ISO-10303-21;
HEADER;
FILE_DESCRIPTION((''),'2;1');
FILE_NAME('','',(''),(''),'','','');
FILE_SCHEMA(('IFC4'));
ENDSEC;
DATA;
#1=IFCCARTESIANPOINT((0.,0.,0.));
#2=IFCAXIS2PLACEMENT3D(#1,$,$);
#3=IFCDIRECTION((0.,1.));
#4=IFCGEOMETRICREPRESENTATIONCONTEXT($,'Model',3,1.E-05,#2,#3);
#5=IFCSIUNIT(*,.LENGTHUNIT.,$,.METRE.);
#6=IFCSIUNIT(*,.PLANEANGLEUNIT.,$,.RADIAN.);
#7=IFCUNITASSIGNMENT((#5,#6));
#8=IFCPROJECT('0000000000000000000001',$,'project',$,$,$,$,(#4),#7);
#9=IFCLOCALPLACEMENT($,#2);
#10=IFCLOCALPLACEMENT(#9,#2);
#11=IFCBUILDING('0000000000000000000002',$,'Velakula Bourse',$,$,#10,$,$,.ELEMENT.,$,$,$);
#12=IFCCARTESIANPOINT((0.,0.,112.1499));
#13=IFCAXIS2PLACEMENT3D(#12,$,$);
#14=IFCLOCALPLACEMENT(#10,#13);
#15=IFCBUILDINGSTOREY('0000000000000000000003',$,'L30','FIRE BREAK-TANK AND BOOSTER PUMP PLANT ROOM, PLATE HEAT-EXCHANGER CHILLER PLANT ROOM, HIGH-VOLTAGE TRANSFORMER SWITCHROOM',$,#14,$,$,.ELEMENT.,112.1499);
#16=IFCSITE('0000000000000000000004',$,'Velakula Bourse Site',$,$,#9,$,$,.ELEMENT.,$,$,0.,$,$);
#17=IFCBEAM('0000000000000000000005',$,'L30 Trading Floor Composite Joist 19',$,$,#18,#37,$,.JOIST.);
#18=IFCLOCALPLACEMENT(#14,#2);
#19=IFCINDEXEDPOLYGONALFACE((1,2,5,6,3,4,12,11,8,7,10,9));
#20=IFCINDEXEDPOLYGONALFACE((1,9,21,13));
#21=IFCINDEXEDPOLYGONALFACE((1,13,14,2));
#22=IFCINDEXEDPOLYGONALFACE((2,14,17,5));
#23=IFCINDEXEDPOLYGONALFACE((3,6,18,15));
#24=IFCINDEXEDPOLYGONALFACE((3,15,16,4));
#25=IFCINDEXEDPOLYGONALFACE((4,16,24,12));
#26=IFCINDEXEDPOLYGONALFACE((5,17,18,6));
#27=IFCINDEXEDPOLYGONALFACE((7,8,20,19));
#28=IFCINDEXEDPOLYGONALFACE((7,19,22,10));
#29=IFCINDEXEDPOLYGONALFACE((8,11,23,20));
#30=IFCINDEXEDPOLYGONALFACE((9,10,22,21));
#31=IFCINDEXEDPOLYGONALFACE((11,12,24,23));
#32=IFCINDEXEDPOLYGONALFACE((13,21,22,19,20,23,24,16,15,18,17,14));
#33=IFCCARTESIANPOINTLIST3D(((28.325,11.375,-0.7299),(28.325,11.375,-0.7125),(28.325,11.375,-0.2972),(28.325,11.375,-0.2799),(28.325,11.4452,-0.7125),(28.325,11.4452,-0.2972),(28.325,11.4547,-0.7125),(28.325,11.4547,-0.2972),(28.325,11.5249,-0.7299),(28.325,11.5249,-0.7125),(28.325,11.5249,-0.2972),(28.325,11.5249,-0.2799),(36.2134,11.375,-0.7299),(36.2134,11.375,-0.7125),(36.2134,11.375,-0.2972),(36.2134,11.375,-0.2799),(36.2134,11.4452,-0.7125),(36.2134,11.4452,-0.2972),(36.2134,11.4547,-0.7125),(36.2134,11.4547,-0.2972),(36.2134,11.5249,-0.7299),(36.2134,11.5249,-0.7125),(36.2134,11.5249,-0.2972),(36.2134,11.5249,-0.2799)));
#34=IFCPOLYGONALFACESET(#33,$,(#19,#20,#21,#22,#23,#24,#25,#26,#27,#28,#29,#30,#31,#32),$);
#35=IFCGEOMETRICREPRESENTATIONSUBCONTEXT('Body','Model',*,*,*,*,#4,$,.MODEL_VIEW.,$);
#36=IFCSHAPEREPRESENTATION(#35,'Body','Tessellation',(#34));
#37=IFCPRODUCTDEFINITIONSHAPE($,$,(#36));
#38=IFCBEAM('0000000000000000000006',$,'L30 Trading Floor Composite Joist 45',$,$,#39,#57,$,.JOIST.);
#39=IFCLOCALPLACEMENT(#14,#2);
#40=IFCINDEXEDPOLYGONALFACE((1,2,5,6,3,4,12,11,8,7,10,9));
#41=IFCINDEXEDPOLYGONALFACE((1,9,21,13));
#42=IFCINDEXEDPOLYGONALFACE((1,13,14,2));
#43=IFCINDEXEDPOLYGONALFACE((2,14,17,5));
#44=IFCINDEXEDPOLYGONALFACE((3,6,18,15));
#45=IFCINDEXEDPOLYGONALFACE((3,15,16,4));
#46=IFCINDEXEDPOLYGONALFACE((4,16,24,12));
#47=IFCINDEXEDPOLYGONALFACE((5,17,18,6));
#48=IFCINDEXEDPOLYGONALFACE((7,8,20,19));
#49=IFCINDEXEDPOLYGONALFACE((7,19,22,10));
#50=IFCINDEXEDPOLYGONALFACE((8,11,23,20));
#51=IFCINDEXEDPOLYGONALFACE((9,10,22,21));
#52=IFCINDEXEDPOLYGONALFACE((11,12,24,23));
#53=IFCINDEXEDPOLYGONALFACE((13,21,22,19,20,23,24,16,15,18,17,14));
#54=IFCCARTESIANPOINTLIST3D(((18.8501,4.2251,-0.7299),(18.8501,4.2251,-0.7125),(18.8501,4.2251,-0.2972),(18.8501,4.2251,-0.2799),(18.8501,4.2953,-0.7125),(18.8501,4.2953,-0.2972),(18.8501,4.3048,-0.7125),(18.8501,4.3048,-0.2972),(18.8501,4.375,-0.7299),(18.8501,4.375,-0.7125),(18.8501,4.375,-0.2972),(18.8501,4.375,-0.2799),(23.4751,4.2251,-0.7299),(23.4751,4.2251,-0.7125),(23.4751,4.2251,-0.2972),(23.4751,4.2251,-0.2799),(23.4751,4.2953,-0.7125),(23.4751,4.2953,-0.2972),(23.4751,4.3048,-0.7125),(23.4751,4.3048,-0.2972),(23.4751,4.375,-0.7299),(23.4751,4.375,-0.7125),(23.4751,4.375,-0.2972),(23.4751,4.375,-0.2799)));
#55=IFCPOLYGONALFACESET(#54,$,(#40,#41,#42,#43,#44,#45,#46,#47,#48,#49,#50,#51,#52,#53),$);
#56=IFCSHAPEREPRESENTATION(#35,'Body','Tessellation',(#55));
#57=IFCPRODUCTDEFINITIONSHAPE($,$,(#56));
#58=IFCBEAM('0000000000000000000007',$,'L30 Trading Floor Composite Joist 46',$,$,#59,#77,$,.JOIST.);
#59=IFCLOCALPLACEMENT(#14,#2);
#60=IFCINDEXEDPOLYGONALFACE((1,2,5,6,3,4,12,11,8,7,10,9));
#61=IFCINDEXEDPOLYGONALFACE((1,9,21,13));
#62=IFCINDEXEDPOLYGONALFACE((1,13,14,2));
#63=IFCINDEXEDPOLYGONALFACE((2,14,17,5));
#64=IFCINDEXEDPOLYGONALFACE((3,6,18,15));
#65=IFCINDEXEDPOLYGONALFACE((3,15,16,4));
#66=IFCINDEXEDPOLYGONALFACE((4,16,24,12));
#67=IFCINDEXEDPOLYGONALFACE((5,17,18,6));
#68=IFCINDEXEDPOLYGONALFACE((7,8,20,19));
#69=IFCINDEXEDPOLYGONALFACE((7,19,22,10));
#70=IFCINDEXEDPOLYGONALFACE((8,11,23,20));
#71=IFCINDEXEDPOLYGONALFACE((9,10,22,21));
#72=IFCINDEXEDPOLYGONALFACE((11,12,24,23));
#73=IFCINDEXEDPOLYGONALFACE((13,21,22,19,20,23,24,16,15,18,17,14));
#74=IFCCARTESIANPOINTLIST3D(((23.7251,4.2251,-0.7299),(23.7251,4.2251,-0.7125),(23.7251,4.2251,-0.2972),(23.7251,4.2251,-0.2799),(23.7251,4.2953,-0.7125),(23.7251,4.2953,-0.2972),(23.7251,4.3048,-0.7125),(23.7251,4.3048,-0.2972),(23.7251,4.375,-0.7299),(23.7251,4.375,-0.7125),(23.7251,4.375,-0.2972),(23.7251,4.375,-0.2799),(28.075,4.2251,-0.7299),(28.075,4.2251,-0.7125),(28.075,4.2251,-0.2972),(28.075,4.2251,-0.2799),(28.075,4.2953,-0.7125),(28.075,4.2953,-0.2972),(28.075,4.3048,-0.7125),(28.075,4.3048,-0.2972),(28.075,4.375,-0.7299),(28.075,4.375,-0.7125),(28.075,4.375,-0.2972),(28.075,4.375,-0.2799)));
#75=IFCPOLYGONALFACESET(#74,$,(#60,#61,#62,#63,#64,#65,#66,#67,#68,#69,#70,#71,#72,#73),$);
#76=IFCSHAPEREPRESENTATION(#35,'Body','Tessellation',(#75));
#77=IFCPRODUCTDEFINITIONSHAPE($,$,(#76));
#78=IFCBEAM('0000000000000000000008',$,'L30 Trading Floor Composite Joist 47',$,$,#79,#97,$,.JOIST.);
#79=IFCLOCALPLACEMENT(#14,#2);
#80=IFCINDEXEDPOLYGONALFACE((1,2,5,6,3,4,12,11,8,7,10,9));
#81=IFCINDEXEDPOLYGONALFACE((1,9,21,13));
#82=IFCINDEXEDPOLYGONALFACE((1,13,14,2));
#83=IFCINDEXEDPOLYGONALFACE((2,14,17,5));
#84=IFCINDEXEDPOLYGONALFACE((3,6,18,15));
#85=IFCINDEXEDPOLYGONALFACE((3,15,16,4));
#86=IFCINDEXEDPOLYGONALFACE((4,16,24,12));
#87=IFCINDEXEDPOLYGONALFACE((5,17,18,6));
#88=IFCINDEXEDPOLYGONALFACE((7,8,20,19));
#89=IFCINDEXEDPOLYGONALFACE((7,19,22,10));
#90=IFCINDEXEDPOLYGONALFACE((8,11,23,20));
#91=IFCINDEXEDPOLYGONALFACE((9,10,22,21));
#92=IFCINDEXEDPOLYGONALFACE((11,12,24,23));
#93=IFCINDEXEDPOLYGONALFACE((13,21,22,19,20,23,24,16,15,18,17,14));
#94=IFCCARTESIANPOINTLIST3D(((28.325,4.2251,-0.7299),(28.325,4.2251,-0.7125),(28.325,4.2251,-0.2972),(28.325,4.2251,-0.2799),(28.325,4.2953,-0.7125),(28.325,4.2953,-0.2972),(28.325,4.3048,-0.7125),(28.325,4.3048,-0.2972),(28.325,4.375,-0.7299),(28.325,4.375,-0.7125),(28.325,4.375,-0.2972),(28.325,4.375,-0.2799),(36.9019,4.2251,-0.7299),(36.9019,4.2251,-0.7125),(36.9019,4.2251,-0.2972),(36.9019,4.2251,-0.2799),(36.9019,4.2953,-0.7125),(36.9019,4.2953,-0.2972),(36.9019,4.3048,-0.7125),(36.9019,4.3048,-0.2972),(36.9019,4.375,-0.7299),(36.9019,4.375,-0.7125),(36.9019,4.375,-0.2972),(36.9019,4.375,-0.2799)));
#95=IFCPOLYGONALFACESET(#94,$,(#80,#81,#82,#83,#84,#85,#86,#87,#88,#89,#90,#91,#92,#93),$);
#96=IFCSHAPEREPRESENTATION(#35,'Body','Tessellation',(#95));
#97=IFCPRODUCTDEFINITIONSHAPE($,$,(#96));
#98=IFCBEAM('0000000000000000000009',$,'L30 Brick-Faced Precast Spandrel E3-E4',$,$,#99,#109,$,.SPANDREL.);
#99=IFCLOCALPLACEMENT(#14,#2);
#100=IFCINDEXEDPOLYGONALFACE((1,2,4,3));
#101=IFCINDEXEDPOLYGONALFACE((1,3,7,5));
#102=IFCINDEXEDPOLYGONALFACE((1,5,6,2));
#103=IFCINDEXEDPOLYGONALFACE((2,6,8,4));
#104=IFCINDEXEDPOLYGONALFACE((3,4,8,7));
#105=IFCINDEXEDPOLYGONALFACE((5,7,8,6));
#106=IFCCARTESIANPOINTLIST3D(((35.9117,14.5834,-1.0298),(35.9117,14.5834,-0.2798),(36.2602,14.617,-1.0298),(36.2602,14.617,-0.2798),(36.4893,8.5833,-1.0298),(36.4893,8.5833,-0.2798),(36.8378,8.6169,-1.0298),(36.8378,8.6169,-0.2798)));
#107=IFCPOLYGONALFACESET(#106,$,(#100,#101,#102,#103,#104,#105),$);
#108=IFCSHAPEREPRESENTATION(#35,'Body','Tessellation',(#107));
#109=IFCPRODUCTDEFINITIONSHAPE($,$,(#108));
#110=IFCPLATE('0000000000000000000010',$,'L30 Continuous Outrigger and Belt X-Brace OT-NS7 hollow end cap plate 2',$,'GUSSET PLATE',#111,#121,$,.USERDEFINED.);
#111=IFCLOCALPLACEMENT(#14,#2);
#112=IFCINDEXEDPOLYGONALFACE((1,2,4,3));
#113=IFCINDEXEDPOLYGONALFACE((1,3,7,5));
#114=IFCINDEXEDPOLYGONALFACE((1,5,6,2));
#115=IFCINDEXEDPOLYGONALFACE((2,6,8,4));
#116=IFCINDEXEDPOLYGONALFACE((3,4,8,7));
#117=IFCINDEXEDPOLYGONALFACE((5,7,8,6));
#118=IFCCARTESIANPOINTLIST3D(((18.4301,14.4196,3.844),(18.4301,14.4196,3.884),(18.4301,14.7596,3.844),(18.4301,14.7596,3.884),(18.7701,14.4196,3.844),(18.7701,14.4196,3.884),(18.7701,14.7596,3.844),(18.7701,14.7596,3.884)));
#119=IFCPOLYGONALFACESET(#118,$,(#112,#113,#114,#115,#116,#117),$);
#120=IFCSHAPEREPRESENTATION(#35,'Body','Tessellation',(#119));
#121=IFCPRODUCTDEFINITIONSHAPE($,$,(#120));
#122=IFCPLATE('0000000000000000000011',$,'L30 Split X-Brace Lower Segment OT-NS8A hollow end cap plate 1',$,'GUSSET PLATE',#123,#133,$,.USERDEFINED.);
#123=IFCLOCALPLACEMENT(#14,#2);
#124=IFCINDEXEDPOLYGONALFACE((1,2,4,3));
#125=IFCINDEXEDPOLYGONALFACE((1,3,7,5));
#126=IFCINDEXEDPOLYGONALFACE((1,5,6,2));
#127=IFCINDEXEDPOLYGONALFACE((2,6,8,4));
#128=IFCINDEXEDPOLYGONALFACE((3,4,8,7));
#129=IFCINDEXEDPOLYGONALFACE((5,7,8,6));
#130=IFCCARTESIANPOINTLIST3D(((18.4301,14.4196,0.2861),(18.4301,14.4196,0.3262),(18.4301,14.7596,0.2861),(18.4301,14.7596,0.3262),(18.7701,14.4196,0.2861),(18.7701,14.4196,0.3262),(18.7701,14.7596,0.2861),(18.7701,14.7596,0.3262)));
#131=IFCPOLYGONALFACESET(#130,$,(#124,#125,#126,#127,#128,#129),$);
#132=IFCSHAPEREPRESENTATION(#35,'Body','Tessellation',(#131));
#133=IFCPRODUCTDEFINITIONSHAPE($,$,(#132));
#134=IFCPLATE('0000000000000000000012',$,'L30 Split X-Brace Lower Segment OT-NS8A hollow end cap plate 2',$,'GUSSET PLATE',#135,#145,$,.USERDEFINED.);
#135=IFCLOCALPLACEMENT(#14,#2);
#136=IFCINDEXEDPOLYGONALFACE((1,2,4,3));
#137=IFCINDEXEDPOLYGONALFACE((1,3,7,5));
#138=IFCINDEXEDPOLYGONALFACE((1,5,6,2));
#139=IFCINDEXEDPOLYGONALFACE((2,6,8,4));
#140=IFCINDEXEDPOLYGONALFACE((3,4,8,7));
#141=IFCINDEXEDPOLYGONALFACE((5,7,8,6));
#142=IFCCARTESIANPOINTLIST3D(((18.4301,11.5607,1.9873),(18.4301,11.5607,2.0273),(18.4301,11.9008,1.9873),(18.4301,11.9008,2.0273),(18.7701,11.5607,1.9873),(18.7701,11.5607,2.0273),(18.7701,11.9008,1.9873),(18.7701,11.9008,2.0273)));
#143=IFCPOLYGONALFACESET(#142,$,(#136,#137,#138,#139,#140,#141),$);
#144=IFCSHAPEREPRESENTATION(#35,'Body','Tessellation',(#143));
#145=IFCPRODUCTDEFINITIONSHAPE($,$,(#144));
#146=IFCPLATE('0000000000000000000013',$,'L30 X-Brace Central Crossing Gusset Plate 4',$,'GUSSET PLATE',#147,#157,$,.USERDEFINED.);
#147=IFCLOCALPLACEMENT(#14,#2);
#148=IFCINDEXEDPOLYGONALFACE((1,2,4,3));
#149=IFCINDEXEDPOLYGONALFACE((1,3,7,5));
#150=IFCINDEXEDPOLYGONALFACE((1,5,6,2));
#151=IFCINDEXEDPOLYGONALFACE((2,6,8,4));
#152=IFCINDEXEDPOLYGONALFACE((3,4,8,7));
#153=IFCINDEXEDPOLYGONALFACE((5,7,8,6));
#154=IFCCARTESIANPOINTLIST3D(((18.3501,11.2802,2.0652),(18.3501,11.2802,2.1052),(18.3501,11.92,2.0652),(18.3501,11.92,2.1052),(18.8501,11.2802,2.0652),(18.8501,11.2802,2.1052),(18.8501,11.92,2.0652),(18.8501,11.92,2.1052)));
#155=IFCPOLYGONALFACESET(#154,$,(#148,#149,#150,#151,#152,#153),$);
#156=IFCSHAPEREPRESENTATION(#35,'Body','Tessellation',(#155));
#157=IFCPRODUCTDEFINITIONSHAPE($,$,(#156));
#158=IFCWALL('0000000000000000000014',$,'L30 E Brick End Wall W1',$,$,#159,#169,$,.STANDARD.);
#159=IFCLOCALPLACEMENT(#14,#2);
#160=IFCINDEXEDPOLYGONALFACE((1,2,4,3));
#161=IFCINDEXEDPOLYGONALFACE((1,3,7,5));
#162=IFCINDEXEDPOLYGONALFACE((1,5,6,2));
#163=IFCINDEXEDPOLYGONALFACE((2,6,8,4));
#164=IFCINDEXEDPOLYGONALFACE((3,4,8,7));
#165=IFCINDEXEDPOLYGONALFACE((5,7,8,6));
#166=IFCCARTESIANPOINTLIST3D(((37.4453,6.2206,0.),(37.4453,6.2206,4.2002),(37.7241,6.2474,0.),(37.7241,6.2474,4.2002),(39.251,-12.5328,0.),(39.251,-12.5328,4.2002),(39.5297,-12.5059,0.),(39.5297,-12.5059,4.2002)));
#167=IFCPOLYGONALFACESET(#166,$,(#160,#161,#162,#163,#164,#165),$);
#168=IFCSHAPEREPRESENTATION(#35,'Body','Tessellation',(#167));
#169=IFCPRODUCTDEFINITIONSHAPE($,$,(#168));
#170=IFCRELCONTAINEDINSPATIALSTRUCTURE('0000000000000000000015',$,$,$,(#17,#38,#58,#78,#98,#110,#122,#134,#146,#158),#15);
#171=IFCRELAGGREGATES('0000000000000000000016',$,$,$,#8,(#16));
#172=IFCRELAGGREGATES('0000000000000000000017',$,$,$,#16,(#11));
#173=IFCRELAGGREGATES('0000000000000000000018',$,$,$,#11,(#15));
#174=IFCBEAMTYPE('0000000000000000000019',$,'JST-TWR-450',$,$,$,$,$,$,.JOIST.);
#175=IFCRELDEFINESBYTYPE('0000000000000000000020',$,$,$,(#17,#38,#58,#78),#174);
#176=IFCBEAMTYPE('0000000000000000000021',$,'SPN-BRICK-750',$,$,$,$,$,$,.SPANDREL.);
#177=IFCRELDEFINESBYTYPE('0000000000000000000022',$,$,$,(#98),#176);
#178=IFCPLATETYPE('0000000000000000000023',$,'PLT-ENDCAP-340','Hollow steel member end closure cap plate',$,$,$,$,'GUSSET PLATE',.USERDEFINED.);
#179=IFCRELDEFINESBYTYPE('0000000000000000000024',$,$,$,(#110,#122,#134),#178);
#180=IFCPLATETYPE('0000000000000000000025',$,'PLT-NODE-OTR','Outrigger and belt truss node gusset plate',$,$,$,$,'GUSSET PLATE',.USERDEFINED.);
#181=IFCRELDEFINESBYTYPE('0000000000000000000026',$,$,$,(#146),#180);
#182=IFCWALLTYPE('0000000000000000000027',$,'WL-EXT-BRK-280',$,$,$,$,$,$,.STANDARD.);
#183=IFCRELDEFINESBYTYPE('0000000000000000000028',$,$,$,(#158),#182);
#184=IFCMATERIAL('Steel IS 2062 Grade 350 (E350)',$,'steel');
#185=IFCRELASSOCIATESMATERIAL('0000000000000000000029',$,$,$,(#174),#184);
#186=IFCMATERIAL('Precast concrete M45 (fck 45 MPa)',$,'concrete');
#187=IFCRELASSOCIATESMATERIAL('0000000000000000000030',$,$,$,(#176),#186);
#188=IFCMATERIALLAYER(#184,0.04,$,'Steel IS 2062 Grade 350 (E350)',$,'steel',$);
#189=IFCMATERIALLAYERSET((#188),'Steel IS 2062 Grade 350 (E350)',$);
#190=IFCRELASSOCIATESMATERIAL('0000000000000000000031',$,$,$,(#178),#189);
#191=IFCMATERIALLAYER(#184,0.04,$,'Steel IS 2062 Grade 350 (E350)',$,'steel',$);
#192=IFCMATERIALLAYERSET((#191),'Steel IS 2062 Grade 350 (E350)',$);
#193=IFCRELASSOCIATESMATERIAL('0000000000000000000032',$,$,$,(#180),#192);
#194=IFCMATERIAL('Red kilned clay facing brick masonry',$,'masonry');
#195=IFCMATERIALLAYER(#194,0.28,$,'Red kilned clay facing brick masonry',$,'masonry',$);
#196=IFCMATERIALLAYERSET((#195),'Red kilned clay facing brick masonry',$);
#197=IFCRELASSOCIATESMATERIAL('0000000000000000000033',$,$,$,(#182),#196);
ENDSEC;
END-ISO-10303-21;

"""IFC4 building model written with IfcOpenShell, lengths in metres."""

from ifc_helpers import new_model, si_unit, direction, frame, frame_2d, origin, origin_2d, place, context, subcontext, project, spatial, rectangle, i_section, extrude, material, layer, layer_set, material_profile, profile_set, type_object, element, save


model = new_model("IFC4")

# Units and contexts
model_context = context("Model", 3, precision=1e-05, world=origin(), true_north=direction((0.0, 1.0)))
body_context = subcontext(model_context, "Body", "Model", "MODEL_VIEW")
ifc_project = project(units=[si_unit("LENGTHUNIT", "METRE"), si_unit("PLANEANGLEUNIT", "RADIAN")], contexts=[model_context])

# Site, building, storey
site_placement = place(None, origin())
site = spatial("IfcSite", under=ifc_project, at=site_placement, Name="Velakula Bourse Site", CompositionType="ELEMENT", RefElevation=0.0)
building_placement = place(site_placement, origin())
building = spatial("IfcBuilding", under=site, at=building_placement, Name="Velakula Bourse", CompositionType="ELEMENT")
storey_placement = place(building_placement, frame((0.0, 0.0, 112.1499)))
storey = spatial("IfcBuildingStorey", under=building, at=storey_placement, Name="L30", Description="FIRE BREAK-TANK AND BOOSTER PUMP PLANT ROOM, PLATE HEAT-EXCHANGER CHILLER PLANT ROOM, HIGH-VOLTAGE TRANSFORMER SWITCHROOM", CompositionType="ELEMENT", Elevation=112.1499)

# Shared definitions
ifc_material_1 = material(Name="Steel IS 2062 Grade 350 (E350)", Category="steel")

# Beams
ifc_material_profile_1 = material_profile(ifc_material_1, i_section(OverallWidth=0.1499, OverallDepth=0.45, WebThickness=0.0095, FlangeThickness=0.0173, at=origin_2d()), Name="Steel IS 2062 Grade 350 (E350)")
ifc_profile_set_1 = profile_set([ifc_material_profile_1], Name="Steel IS 2062 Grade 350 (E350)")
beam_type_1 = type_object("IfcBeamType", Name="JST-TWR-450", PredefinedType="JOIST", material=ifc_profile_set_1)
beam_1_placement = place(storey_placement, frame((28.325, 11.45, -0.5049), z_axis=(1.0, 0.0, 0.0), x_axis=(0.0, 1.0, 0.0)))
element("IfcBeam", 1, at=beam_1_placement, inside=storey, type_object=beam_type_1, Name="L30 Trading Floor Composite Joist 19", PredefinedType="JOIST", context=body_context, shape_type="SweptSolid", body=[
    extrude(i_section(OverallWidth=0.1499, OverallDepth=0.45, WebThickness=0.0095, FlangeThickness=0.0173, at=origin_2d()), origin(), (0.0, 0.0, 1.0), 7.8884),
])
beam_2_placement = place(storey_placement, frame((18.8501, 4.3, -0.5049), z_axis=(1.0, 0.0, 0.0), x_axis=(0.0, 1.0, 0.0)))
element("IfcBeam", 2, at=beam_2_placement, inside=storey, type_object=beam_type_1, Name="L30 Trading Floor Composite Joist 45", PredefinedType="JOIST", context=body_context, shape_type="SweptSolid", body=[
    extrude(i_section(OverallWidth=0.1499, OverallDepth=0.45, WebThickness=0.0095, FlangeThickness=0.0173, at=origin_2d()), origin(), (0.0, 0.0, 1.0), 4.625),
])
beam_3_placement = place(storey_placement, frame((23.7251, 4.3, -0.5049), z_axis=(1.0, 0.0, 0.0), x_axis=(0.0, 1.0, 0.0)))
element("IfcBeam", 3, at=beam_3_placement, inside=storey, type_object=beam_type_1, Name="L30 Trading Floor Composite Joist 46", PredefinedType="JOIST", context=body_context, shape_type="SweptSolid", body=[
    extrude(i_section(OverallWidth=0.1499, OverallDepth=0.45, WebThickness=0.0095, FlangeThickness=0.0173, at=origin_2d()), origin(), (0.0, 0.0, 1.0), 4.3499),
])
beam_4_placement = place(storey_placement, frame((28.325, 4.3, -0.5049), z_axis=(1.0, 0.0, 0.0), x_axis=(0.0, 1.0, 0.0)))
element("IfcBeam", 4, at=beam_4_placement, inside=storey, type_object=beam_type_1, Name="L30 Trading Floor Composite Joist 47", PredefinedType="JOIST", context=body_context, shape_type="SweptSolid", body=[
    extrude(i_section(OverallWidth=0.1499, OverallDepth=0.45, WebThickness=0.0095, FlangeThickness=0.0173, at=origin_2d()), origin(), (0.0, 0.0, 1.0), 8.5769),
])
ifc_material_2 = material(Name="Precast concrete M45 (fck 45 MPa)", Category="concrete")
ifc_material_profile_2 = material_profile(ifc_material_2, rectangle(XDim=0.3501, YDim=0.75, at=origin_2d()), Name="Precast concrete M45 (fck 45 MPa)")
ifc_profile_set_2 = profile_set([ifc_material_profile_2], Name="Precast concrete M45 (fck 45 MPa)")
beam_type_2 = type_object("IfcBeamType", Name="SPN-BRICK-750", PredefinedType="SPANDREL", material=ifc_profile_set_2)
beam_5_placement = place(storey_placement, frame((36.6636, 8.6001, -0.6548), z_axis=(-0.09583, 0.995398, 0.0), x_axis=(-0.995398, -0.09583, 0.0)))
element("IfcBeam", 5, at=beam_5_placement, inside=storey, type_object=beam_type_2, Name="L30 Brick-Faced Precast Spandrel E3-E4", PredefinedType="SPANDREL", context=body_context, shape_type="SweptSolid", body=[
    extrude(rectangle(XDim=0.3501, YDim=0.75, at=origin_2d()), origin(), (0.0, 0.0, 1.0), 6.0278),
])

# Plates
ifc_layer_1 = layer(ifc_material_1, 0.04, Name="Steel IS 2062 Grade 350 (E350)", Category="steel")
ifc_layer_set_1 = layer_set([ifc_layer_1], Name="Steel IS 2062 Grade 350 (E350)")
plate_type_1 = type_object("IfcPlateType", Name="PLT-ENDCAP-340", Description="Hollow steel member end closure cap plate", ElementType="GUSSET PLATE", PredefinedType="USERDEFINED", material=ifc_layer_set_1)
for number, where, z_axis, x_axis, name in (
    (6, (18.6001, 14.5896, 3.844), (0.0, 0.0, 1.0), (0.0, 1.0, 0.0), "L30 Continuous Outrigger and Belt X-Brace OT-NS7 hollow end cap plate 2"),
    (7, (18.6001, 14.5896, 0.2861), (0.0, 0.0, 1.0), (0.0, -1.0, 0.0), "L30 Split X-Brace Lower Segment OT-NS8A hollow end cap plate 1"),
    (8, (18.6001, 11.7307, 1.9873), (0.0, 0.0, 1.0), (0.0, -1.0, 0.0), "L30 Split X-Brace Lower Segment OT-NS8A hollow end cap plate 2"),
):
    element("IfcPlate", number, at=place(storey_placement, frame(where, z_axis=z_axis, x_axis=x_axis)), inside=storey, type_object=plate_type_1, Name=name, ObjectType="GUSSET PLATE", PredefinedType="USERDEFINED", context=body_context, shape_type="SweptSolid", body=[
        extrude(rectangle(XDim=0.3401, YDim=0.3401, at=origin_2d()), origin(), (0.0, 0.0, 1.0), 0.04),
    ])
ifc_layer_2 = layer(ifc_material_1, 0.04, Name="Steel IS 2062 Grade 350 (E350)", Category="steel")
ifc_layer_set_2 = layer_set([ifc_layer_2], Name="Steel IS 2062 Grade 350 (E350)")
plate_type_2 = type_object("IfcPlateType", Name="PLT-NODE-OTR", Description="Outrigger and belt truss node gusset plate", ElementType="GUSSET PLATE", PredefinedType="USERDEFINED", material=ifc_layer_set_2)
plate_placement = place(storey_placement, frame((18.6001, 11.6001, 2.0652), z_axis=(0.0, 0.0, 1.0), x_axis=(0.0, 1.0, 0.0)))
element("IfcPlate", 9, at=plate_placement, inside=storey, type_object=plate_type_2, Name="L30 X-Brace Central Crossing Gusset Plate 4", ObjectType="GUSSET PLATE", PredefinedType="USERDEFINED", context=body_context, shape_type="SweptSolid", body=[
    extrude(rectangle(XDim=0.6399, YDim=0.5, at=origin_2d()), origin(), (0.0, 0.0, 1.0), 0.04),
])

# Wall
ifc_material_3 = material(Name="Red kilned clay facing brick masonry", Category="masonry")
ifc_layer_3 = layer(ifc_material_3, 0.28, Name="Red kilned clay facing brick masonry", Category="masonry")
ifc_layer_set_3 = layer_set([ifc_layer_3], Name="Red kilned clay facing brick masonry")
wall_type = type_object("IfcWallType", Name="WL-EXT-BRK-280", PredefinedType="STANDARD", material=ifc_layer_set_3)
wall_placement = place(storey_placement, frame((37.5847, 6.2339, 0.0), z_axis=(0.0, 0.0, 1.0), x_axis=(0.095841, -0.995397, 0.0)))
element("IfcWall", 10, at=wall_placement, inside=storey, type_object=wall_type, Name="L30 E Brick End Wall W1", PredefinedType="STANDARD", context=body_context, shape_type="SweptSolid", body=[
    extrude(rectangle(XDim=18.8401, YDim=0.28, at=frame_2d((9.4199, 0.0))), origin(), (0.0, 0.0, 1.0), 4.2002),
])

save(model, "model.ifc")
